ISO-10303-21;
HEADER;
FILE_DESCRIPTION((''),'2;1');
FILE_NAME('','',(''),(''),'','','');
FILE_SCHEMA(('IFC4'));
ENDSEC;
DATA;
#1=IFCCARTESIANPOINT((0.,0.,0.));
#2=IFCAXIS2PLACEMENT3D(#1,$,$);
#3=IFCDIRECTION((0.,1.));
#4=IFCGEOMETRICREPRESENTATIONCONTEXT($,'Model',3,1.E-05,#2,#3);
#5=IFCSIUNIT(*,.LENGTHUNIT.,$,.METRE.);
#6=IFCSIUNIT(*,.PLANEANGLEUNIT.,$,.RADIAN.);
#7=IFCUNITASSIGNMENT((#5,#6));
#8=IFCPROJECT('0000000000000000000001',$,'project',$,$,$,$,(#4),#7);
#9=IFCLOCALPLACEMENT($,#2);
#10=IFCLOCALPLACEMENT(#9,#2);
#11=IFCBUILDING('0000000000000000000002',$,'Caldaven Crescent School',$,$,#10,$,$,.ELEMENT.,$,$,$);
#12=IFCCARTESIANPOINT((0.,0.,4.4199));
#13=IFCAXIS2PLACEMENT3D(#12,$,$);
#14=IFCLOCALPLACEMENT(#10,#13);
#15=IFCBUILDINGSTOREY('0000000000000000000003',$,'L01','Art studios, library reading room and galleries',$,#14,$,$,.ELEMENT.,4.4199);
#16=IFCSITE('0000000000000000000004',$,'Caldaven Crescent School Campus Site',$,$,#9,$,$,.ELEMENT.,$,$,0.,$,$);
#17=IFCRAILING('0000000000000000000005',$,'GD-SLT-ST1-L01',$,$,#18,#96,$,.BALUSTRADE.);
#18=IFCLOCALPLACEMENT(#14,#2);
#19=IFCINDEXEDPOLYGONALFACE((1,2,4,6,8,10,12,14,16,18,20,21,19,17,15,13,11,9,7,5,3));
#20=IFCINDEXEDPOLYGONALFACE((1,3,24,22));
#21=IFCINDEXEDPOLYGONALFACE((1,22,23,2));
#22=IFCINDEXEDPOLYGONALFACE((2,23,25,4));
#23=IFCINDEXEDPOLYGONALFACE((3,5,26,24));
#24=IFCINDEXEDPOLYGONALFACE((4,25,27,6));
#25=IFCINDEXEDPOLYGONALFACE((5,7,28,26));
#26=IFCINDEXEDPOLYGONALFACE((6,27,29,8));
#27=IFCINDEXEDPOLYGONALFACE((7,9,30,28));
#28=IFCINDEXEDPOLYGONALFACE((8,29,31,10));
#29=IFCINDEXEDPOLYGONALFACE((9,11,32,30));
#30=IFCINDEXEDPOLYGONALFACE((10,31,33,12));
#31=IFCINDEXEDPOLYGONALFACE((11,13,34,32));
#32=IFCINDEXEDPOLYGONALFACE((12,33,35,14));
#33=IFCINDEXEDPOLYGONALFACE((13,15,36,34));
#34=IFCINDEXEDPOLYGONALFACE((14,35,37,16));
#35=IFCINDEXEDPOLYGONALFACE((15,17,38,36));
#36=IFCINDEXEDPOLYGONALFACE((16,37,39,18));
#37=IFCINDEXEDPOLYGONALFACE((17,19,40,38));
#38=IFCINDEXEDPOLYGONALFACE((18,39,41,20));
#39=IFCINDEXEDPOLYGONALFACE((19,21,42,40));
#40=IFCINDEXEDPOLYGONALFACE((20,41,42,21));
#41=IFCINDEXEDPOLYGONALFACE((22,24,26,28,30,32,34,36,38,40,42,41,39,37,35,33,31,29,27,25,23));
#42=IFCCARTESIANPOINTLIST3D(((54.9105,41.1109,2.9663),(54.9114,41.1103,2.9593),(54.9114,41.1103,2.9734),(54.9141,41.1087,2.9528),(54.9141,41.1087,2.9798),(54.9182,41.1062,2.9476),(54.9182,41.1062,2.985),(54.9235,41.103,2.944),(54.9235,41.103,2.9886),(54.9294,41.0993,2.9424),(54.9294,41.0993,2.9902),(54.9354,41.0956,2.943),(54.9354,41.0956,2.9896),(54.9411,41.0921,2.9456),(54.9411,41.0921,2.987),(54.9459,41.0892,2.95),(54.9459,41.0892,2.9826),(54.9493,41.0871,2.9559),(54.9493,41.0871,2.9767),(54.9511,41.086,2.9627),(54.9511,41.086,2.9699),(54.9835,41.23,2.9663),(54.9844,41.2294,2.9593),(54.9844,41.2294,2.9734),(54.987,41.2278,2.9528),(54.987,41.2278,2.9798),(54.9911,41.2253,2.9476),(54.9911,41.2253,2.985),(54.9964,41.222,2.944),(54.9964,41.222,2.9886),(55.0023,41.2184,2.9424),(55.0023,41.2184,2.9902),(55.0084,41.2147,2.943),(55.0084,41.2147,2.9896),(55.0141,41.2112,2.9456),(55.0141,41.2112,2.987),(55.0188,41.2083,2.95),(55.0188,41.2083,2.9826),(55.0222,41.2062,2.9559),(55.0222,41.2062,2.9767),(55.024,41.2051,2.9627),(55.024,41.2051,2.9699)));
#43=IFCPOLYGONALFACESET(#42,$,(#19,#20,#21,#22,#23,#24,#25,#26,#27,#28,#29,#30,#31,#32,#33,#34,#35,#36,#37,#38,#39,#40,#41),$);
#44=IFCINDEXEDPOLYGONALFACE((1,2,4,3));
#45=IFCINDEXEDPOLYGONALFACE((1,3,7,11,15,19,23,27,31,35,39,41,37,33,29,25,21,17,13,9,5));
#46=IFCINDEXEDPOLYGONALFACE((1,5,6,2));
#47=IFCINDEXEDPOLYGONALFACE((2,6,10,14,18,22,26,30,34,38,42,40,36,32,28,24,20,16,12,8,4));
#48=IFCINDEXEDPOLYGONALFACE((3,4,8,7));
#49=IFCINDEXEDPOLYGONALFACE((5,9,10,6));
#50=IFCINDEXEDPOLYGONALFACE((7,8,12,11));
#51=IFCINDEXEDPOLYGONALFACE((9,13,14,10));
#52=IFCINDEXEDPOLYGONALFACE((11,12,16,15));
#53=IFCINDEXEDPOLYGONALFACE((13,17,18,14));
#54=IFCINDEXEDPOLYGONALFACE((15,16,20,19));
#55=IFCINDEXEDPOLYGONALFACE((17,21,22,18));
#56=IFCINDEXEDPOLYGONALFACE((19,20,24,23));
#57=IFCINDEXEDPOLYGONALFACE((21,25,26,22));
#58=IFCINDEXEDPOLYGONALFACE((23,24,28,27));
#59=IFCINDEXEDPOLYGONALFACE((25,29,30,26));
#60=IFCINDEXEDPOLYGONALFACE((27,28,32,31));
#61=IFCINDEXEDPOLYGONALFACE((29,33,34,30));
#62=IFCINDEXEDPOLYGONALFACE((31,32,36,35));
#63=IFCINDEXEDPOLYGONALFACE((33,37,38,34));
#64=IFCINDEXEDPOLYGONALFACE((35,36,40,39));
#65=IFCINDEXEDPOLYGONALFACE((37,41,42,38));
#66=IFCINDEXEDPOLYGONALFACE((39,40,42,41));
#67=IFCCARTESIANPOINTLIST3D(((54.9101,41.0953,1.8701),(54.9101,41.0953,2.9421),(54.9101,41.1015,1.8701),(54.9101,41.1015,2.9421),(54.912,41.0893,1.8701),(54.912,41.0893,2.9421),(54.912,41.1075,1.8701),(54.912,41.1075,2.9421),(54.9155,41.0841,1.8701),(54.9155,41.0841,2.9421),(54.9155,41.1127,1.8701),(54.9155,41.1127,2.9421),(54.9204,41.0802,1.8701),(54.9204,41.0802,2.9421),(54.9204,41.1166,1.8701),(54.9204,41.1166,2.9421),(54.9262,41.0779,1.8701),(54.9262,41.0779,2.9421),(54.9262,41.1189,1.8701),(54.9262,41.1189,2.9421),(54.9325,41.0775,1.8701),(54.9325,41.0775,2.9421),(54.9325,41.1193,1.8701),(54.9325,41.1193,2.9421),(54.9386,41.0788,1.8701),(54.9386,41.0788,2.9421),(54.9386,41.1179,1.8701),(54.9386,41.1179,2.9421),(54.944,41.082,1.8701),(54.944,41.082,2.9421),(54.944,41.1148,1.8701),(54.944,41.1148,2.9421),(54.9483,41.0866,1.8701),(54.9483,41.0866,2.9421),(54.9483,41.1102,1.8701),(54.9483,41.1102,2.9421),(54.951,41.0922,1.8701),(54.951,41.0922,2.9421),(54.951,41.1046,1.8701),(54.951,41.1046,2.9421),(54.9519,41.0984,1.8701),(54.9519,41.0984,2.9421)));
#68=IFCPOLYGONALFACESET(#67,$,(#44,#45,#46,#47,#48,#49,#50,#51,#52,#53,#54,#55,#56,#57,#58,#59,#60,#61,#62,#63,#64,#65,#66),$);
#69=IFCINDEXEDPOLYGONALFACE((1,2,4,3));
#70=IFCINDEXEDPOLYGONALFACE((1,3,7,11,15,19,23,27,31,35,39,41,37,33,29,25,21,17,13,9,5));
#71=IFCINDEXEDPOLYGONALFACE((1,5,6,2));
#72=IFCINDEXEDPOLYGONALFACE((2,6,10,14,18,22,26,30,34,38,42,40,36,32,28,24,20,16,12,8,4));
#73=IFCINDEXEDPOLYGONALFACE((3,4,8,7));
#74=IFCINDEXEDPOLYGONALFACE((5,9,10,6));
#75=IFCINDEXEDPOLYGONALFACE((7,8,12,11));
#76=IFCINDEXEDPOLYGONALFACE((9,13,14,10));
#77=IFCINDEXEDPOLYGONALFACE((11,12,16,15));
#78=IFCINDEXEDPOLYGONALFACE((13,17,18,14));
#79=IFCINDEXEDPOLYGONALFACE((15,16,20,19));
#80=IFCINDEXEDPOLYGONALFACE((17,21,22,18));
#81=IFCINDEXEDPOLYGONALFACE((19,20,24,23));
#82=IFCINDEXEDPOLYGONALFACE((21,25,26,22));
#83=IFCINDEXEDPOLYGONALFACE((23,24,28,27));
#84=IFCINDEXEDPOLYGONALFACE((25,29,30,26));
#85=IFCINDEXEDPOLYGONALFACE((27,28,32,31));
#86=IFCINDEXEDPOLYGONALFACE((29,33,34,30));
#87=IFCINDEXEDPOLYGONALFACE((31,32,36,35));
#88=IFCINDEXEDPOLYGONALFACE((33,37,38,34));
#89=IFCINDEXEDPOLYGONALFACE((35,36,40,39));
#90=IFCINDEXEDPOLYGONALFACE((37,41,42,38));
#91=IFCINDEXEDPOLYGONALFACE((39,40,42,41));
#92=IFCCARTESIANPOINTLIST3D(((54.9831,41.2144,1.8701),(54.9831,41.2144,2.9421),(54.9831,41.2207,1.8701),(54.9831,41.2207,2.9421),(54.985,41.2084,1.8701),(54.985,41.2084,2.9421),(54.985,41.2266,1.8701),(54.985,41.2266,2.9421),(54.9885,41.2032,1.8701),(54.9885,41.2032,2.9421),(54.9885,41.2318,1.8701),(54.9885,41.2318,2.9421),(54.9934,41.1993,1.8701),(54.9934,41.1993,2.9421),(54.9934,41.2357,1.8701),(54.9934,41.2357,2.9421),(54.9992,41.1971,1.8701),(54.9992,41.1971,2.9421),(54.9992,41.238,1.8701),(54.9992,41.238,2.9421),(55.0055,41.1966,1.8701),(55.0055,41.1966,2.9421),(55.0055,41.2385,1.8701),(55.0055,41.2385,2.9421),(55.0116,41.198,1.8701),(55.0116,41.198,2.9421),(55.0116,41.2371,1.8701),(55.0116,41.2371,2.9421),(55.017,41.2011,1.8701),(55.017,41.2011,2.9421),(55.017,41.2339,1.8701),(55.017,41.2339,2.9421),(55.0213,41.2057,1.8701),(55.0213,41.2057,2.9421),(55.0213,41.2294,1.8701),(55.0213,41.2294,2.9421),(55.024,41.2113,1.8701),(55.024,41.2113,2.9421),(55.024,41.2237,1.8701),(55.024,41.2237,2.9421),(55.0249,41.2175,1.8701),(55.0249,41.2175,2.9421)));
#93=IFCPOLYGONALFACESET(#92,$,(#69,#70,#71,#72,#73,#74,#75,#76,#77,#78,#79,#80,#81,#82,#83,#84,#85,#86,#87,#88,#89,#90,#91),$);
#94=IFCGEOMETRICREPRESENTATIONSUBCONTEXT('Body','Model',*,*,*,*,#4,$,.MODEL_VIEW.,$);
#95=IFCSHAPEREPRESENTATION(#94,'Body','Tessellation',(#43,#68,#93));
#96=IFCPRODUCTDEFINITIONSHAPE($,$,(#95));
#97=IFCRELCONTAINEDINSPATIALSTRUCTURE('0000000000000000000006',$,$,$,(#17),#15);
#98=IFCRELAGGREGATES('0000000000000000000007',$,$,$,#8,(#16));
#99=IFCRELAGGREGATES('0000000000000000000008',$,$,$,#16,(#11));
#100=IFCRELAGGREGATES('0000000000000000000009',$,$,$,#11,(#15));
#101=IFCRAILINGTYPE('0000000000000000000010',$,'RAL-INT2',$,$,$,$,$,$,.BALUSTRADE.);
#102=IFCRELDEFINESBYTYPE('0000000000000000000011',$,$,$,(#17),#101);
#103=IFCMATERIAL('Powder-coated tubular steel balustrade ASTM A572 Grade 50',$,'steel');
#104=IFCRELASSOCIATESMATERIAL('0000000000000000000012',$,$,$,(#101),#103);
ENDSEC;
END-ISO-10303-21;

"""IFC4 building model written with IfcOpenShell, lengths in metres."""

from ifc_helpers import new_model, si_unit, direction, frame, origin, origin_2d, place, context, subcontext, project, spatial, circle, extrude, material, type_object, element, save


model = new_model("IFC4")

# Units and contexts
model_context = context("Model", 3, precision=1e-05, world=origin(), true_north=direction((0.0, 1.0)))
body_context = subcontext(model_context, "Body", "Model", "MODEL_VIEW")
ifc_project = project(units=[si_unit("LENGTHUNIT", "METRE"), si_unit("PLANEANGLEUNIT", "RADIAN")], contexts=[model_context])

# Site, building, storey
site_placement = place(None, origin())
site = spatial("IfcSite", under=ifc_project, at=site_placement, Name="Caldaven Crescent School Campus Site", CompositionType="ELEMENT", RefElevation=0.0)
building_placement = place(site_placement, origin())
building = spatial("IfcBuilding", under=site, at=building_placement, Name="Caldaven Crescent School", CompositionType="ELEMENT")
storey_placement = place(building_placement, frame((0.0, 0.0, 4.4199)))
storey = spatial("IfcBuildingStorey", under=building, at=storey_placement, Name="L01", Description="Art studios, library reading room and galleries", CompositionType="ELEMENT", Elevation=4.4199)

# Railing
ifc_material_1 = material(Name="Powder-coated tubular steel balustrade ASTM A572 Grade 50", Category="steel")
railing_type_1 = type_object("IfcRailingType", Name="RAL-INT2", PredefinedType="BALUSTRADE", material=ifc_material_1)
railing_1_placement = place(storey_placement, frame((54.9309, 41.0984, 1.8701)))
element("IfcRailing", 1, at=railing_1_placement, inside=storey, type_object=railing_type_1, Name="GD-SLT-ST1-L01", PredefinedType="BALUSTRADE", context=body_context, shape_type="SweptSolid", body=[
    extrude(circle(Radius=0.0239, at=origin_2d()), frame((0.0, 0.0, 1.0962), z_axis=(0.522439, 0.852677, 0.0), x_axis=(-0.852677, 0.522439, 0.0)), (0.0, 0.0, 1.0), 0.1396),
    extrude(circle(Radius=0.021, at=origin_2d()), origin(), (0.0, 0.0, 1.0), 1.072),
    extrude(circle(Radius=0.021, at=origin_2d()), frame((0.073, 0.1191, 0.0)), (0.0, 0.0, 1.0), 1.072),
])

save(model, "model.ifc")
